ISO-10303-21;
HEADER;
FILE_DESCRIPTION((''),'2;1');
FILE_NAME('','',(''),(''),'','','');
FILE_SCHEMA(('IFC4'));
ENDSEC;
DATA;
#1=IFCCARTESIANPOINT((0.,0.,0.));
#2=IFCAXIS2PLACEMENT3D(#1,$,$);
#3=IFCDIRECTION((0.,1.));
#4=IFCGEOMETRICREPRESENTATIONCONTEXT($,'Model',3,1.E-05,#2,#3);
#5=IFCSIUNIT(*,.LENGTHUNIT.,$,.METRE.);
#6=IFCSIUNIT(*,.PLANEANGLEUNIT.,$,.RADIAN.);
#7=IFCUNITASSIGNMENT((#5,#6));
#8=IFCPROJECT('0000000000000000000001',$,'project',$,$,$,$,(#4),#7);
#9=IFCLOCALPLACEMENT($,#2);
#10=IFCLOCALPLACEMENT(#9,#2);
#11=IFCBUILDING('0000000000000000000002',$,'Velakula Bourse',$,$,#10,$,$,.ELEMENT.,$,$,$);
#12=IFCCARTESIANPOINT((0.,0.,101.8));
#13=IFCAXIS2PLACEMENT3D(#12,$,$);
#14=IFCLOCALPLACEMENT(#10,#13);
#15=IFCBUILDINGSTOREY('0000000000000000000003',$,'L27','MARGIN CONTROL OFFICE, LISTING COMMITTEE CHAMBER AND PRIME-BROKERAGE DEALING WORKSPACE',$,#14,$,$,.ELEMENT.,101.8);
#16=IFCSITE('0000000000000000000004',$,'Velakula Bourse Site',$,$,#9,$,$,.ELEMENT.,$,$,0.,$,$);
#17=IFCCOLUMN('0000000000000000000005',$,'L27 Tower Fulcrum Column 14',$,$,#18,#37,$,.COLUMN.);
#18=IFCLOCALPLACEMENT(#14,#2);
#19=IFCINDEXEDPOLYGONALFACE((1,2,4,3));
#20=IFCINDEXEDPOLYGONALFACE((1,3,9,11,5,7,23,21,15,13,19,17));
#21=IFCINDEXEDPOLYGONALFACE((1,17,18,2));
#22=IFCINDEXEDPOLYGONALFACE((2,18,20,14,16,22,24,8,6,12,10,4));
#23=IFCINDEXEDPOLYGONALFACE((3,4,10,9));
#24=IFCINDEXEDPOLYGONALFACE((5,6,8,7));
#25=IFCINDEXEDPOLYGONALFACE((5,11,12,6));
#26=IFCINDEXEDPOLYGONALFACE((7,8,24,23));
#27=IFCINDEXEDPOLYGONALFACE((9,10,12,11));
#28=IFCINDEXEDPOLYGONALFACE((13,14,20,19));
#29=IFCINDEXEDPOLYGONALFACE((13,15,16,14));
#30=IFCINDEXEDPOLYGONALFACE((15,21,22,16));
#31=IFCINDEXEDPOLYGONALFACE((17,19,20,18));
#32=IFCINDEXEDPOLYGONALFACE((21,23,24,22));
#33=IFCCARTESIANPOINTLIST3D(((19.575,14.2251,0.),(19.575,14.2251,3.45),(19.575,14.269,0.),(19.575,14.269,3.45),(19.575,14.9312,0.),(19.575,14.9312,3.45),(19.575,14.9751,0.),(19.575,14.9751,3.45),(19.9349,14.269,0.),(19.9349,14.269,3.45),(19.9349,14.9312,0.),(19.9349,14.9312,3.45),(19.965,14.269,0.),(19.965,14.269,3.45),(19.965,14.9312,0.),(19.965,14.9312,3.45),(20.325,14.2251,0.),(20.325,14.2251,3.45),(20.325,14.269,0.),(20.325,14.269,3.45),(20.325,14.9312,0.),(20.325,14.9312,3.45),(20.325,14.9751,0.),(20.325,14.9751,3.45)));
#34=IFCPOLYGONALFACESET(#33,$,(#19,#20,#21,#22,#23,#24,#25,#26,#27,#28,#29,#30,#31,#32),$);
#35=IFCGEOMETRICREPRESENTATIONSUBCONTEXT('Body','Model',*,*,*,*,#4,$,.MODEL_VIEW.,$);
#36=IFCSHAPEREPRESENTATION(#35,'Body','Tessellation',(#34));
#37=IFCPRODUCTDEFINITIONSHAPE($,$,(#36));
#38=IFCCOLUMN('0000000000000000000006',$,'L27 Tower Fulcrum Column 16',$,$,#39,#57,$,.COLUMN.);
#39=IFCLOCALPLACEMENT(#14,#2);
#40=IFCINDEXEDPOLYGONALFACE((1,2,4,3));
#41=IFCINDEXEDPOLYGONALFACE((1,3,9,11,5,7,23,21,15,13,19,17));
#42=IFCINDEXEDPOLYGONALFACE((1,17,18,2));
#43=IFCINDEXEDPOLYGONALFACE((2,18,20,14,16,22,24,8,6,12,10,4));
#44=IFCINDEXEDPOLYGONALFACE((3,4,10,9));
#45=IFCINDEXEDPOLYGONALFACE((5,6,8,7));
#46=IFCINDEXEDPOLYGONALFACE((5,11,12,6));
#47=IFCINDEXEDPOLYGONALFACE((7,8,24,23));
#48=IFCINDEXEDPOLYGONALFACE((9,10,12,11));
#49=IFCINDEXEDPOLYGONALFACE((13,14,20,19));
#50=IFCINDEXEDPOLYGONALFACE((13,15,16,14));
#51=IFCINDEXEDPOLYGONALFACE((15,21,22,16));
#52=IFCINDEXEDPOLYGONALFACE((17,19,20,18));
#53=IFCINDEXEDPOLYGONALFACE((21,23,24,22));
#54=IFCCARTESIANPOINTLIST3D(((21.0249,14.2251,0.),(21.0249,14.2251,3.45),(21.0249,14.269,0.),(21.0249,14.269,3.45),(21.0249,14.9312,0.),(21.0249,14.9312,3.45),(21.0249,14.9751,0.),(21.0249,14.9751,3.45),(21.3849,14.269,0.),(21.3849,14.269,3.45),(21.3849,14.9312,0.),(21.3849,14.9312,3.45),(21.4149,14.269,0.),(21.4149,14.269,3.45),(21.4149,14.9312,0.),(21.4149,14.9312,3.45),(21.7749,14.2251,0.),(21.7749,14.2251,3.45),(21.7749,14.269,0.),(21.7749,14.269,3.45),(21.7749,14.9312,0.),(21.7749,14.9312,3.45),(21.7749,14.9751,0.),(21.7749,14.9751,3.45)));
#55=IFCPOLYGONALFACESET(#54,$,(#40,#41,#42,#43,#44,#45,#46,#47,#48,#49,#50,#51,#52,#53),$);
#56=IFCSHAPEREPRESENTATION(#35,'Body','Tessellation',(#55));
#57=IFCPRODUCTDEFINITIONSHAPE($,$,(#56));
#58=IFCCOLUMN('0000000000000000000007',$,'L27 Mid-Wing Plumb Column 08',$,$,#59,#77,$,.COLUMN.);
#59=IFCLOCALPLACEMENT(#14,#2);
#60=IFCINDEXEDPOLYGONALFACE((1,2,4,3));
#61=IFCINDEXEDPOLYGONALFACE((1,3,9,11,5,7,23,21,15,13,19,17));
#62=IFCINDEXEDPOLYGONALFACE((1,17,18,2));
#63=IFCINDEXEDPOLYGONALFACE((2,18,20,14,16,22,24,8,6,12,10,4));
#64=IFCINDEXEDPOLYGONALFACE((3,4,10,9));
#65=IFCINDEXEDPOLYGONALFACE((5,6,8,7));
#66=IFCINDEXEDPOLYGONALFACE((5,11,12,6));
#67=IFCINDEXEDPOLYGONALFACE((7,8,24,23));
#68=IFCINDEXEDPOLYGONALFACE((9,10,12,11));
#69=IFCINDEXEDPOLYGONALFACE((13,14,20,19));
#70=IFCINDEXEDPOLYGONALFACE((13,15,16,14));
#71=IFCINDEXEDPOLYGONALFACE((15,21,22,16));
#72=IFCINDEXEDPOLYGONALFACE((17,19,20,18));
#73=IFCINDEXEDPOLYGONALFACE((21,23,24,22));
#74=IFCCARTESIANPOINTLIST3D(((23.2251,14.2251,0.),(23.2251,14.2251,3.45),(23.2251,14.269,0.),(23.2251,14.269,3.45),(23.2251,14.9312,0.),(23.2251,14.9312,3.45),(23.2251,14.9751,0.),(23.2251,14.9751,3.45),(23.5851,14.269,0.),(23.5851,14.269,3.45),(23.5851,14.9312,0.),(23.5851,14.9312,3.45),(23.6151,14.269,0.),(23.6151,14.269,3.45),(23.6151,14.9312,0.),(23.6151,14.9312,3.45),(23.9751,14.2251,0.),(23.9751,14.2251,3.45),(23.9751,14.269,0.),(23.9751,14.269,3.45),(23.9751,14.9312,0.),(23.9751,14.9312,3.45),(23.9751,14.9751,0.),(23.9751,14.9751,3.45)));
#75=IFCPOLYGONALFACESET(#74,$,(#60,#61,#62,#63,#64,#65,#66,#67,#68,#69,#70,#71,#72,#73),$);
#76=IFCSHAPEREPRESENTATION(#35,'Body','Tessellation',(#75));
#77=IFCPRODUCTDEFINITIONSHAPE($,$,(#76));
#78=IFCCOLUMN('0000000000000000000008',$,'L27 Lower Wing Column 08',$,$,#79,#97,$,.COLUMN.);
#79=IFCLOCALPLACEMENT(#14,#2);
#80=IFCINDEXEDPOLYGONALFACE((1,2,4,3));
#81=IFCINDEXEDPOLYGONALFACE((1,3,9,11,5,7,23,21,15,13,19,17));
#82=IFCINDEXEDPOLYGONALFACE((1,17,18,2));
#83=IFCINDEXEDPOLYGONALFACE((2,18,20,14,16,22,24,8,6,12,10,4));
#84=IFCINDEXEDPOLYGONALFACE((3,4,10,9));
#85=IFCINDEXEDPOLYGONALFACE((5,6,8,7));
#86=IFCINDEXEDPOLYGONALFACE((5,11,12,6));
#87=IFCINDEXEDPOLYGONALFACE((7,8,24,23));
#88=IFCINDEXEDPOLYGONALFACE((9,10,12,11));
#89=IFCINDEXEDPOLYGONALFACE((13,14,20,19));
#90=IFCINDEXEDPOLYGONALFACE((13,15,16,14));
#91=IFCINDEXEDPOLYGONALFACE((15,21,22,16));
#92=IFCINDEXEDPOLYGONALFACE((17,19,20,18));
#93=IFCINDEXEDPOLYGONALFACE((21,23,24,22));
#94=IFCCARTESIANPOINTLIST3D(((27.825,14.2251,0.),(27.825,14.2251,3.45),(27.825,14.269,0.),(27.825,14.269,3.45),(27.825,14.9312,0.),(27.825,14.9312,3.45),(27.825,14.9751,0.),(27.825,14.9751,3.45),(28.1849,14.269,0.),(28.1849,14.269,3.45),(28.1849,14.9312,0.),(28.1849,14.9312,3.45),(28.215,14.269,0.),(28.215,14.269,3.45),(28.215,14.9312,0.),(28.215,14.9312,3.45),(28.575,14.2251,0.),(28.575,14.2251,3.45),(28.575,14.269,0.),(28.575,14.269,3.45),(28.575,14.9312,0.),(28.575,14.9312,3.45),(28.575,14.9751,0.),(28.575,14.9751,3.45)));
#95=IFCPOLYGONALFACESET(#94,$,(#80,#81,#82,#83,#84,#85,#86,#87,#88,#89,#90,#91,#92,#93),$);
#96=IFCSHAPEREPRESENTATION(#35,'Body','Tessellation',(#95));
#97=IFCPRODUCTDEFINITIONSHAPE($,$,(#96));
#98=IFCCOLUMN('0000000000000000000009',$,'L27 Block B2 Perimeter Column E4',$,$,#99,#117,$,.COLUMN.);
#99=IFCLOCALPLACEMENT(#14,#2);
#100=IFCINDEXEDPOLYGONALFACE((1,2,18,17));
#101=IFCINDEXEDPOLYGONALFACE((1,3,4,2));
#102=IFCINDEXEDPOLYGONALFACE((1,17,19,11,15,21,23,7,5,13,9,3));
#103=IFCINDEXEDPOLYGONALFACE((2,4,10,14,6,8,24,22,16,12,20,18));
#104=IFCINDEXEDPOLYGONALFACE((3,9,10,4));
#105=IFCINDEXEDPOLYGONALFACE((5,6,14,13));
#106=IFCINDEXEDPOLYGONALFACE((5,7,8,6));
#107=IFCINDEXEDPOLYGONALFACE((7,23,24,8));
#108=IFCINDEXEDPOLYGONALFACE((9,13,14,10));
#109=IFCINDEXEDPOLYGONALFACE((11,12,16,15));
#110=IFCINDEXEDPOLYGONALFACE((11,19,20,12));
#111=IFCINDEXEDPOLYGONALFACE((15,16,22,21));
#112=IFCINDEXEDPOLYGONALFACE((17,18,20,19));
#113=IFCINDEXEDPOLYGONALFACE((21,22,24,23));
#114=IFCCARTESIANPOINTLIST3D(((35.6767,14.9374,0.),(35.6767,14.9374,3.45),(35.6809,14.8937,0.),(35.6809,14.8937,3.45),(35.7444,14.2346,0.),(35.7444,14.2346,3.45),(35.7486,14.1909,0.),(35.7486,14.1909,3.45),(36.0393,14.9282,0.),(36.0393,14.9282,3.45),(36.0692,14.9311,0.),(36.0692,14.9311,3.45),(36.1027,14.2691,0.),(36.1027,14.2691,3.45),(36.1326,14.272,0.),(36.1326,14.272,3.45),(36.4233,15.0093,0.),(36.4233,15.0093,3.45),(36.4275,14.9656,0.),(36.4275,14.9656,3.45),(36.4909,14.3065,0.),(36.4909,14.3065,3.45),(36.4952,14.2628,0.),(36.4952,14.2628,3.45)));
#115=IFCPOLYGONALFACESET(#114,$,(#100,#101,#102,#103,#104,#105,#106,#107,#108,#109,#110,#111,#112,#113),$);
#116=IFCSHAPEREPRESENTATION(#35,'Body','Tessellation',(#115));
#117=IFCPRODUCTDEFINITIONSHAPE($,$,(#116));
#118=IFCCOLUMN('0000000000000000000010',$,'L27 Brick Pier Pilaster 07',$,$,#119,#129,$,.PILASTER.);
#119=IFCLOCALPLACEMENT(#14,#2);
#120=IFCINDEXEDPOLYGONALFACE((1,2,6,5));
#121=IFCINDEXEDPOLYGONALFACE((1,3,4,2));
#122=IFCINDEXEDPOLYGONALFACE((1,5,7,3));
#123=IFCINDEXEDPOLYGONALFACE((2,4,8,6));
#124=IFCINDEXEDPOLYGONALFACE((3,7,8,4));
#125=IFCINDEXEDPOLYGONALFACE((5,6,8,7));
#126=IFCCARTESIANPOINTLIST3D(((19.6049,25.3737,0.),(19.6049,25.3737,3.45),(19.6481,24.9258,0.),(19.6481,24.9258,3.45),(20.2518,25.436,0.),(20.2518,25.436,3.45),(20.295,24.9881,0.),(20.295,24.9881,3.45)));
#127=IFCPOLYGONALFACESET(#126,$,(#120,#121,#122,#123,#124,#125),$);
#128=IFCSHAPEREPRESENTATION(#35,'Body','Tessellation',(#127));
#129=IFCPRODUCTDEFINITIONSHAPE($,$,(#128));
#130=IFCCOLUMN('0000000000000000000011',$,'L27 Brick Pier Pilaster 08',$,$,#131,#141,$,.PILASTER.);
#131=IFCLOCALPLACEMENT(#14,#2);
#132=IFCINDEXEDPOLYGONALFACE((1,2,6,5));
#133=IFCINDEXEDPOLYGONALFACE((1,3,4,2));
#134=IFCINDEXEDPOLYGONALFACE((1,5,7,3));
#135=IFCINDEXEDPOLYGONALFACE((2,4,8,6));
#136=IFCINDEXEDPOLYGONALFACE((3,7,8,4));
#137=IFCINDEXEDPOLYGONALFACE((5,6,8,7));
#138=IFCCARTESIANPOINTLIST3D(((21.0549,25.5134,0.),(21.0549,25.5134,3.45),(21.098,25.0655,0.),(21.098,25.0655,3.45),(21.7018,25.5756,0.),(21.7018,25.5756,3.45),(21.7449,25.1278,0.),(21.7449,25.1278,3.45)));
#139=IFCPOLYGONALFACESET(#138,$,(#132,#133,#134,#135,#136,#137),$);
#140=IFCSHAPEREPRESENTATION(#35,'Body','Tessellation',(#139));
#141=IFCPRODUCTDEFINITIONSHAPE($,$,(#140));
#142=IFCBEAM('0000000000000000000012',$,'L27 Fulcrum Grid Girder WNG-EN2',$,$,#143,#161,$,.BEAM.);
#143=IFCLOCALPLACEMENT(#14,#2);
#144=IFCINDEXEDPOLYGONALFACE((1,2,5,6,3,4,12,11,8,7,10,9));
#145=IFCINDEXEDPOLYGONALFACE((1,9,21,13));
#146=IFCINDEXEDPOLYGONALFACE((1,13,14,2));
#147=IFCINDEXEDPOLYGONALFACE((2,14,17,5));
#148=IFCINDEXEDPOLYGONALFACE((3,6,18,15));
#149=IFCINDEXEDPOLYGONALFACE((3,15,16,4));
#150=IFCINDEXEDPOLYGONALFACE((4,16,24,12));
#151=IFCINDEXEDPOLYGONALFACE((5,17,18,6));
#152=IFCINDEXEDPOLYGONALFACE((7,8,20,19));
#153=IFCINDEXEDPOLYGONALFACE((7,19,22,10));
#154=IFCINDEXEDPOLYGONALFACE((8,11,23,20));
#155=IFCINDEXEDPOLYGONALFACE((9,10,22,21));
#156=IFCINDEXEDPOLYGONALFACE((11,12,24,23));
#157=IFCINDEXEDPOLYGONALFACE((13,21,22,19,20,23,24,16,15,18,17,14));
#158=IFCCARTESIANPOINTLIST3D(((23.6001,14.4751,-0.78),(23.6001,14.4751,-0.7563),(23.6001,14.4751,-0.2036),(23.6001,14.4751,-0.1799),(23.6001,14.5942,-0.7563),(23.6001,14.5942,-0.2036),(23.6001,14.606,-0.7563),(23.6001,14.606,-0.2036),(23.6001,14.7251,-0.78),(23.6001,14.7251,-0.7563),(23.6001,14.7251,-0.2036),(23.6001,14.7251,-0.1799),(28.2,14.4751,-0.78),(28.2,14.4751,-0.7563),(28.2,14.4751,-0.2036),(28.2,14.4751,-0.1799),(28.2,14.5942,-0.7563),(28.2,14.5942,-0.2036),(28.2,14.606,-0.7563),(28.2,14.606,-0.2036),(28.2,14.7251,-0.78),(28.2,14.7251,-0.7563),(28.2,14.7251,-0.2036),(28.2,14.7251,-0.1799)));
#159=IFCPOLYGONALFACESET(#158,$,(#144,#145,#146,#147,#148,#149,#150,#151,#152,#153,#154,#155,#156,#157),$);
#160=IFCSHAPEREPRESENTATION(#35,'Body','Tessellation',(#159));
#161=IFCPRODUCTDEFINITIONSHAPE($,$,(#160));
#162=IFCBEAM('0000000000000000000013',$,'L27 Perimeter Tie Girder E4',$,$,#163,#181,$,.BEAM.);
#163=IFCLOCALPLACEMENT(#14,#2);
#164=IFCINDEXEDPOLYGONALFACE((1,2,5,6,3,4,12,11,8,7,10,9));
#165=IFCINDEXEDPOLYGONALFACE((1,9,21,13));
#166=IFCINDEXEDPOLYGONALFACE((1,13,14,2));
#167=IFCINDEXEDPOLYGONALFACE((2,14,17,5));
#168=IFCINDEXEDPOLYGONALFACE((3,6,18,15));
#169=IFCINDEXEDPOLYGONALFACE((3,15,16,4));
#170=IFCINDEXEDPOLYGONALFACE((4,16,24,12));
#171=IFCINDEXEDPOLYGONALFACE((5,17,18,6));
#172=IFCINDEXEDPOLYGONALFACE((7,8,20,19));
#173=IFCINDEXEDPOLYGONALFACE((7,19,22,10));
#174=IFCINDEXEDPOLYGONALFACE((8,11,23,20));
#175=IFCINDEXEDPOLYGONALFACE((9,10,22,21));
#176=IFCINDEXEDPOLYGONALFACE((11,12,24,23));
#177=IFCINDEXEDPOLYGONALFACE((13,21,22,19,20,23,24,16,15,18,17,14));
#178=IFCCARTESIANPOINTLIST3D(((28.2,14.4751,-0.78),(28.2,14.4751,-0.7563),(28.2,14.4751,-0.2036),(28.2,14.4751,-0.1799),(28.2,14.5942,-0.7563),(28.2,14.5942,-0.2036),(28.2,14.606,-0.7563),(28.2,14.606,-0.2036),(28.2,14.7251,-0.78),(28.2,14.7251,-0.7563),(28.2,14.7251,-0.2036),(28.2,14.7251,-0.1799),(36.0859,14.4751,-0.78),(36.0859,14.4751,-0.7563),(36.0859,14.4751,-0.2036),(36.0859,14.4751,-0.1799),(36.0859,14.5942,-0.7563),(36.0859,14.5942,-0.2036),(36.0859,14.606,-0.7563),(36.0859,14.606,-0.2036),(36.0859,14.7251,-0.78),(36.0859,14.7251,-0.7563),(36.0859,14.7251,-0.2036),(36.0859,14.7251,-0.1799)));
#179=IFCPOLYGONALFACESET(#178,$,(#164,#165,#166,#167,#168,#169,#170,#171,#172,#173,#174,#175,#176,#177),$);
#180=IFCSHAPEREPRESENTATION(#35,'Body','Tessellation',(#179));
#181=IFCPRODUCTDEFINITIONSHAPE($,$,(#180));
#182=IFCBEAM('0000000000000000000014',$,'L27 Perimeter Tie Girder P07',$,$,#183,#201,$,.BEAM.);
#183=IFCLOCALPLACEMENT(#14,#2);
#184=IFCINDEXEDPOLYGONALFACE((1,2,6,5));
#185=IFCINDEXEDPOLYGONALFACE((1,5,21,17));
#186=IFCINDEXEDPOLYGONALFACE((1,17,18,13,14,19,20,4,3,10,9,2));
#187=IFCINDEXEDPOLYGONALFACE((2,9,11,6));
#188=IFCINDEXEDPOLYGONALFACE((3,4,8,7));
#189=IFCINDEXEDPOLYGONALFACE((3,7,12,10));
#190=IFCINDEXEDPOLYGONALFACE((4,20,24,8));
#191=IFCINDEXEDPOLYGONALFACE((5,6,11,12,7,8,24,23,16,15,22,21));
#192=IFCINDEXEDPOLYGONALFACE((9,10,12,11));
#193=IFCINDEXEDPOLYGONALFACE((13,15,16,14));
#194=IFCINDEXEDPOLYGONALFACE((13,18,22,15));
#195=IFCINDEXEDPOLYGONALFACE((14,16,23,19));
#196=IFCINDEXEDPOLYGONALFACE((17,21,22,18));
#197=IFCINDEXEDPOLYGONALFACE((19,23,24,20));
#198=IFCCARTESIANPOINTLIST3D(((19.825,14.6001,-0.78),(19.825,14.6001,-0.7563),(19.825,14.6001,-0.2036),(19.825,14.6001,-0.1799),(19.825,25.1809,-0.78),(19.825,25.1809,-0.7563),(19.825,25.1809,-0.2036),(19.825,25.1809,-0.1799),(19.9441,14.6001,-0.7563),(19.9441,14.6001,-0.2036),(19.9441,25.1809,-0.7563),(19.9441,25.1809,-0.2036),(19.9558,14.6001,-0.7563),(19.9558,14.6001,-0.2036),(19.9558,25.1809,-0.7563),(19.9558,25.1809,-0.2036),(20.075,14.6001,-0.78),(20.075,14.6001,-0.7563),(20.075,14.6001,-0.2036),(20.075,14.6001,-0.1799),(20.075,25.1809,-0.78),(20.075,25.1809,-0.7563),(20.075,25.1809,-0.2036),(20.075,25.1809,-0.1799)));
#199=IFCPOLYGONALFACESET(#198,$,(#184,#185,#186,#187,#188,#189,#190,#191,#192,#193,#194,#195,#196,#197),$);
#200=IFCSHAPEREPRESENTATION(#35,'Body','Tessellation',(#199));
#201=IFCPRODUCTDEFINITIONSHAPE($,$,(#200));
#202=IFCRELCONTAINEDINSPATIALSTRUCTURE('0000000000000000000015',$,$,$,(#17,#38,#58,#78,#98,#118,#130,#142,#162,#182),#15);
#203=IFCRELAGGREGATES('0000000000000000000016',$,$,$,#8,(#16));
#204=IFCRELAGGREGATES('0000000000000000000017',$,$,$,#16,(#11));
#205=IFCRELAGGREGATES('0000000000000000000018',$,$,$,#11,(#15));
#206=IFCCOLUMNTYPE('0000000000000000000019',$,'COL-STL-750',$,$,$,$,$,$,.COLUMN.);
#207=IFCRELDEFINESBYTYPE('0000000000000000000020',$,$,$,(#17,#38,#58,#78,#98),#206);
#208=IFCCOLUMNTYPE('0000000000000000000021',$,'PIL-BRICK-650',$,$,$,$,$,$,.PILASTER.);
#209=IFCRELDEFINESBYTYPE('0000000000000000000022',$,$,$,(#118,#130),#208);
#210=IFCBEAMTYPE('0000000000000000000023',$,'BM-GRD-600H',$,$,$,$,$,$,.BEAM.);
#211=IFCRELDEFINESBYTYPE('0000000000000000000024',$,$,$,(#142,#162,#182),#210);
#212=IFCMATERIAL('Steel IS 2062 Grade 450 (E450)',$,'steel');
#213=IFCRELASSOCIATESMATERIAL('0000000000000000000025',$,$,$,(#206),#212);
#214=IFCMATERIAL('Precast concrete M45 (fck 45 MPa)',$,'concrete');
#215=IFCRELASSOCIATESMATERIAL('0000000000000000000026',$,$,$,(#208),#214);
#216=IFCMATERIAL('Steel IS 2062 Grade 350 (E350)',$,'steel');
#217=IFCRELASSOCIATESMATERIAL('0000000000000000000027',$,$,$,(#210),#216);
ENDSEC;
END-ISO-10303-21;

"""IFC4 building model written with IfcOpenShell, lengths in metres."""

from ifc_helpers import new_model, si_unit, direction, frame, origin, origin_2d, place, context, subcontext, project, spatial, rectangle, i_section, extrude, material, material_profile, profile_set, type_object, element, save


model = new_model("IFC4")

# Units and contexts
model_context = context("Model", 3, precision=1e-05, world=origin(), true_north=direction((0.0, 1.0)))
body_context = subcontext(model_context, "Body", "Model", "MODEL_VIEW")
ifc_project = project(units=[si_unit("LENGTHUNIT", "METRE"), si_unit("PLANEANGLEUNIT", "RADIAN")], contexts=[model_context])

# Site, building, storey
site_placement = place(None, origin())
site = spatial("IfcSite", under=ifc_project, at=site_placement, Name="Velakula Bourse Site", CompositionType="ELEMENT", RefElevation=0.0)
building_placement = place(site_placement, origin())
building = spatial("IfcBuilding", under=site, at=building_placement, Name="Velakula Bourse", CompositionType="ELEMENT")
storey_placement = place(building_placement, frame((0.0, 0.0, 101.8)))
storey = spatial("IfcBuildingStorey", under=building, at=storey_placement, Name="L27", Description="MARGIN CONTROL OFFICE, LISTING COMMITTEE CHAMBER AND PRIME-BROKERAGE DEALING WORKSPACE", CompositionType="ELEMENT", Elevation=101.8)

# Columns
ifc_material_1 = material(Name="Steel IS 2062 Grade 450 (E450)", Category="steel")
ifc_material_profile_1 = material_profile(ifc_material_1, i_section(OverallWidth=0.75, OverallDepth=0.75, WebThickness=0.03, FlangeThickness=0.0439, at=origin_2d()), Name="Steel IS 2062 Grade 450 (E450)")
ifc_profile_set_1 = profile_set([ifc_material_profile_1], Name="Steel IS 2062 Grade 450 (E450)")
column_type_1 = type_object("IfcColumnType", Name="COL-STL-750", PredefinedType="COLUMN", material=ifc_profile_set_1)
for number, where, z_axis, x_axis, name in (
    (1, (19.95, 14.6001, 0.0), (0.0, 0.0, 1.0), (1.0, 0.0, 0.0), "L27 Tower Fulcrum Column 14"),
    (2, (21.3999, 14.6001, 0.0), (0.0, 0.0, 1.0), (1.0, 0.0, 0.0), "L27 Tower Fulcrum Column 16"),
    (3, (23.6001, 14.6001, 0.0), (0.0, 0.0, 1.0), (1.0, 0.0, 0.0), "L27 Mid-Wing Plumb Column 08"),
    (4, (28.2, 14.6001, 0.0), (0.0, 0.0, 1.0), (1.0, 0.0, 0.0), "L27 Lower Wing Column 08"),
    (5, (36.0859, 14.6001, 0.0), (0.0, 0.0, 1.0), (0.995396, 0.095846, 0.0), "L27 Block B2 Perimeter Column E4"),
):
    element("IfcColumn", number, at=place(storey_placement, frame(where, z_axis=z_axis, x_axis=x_axis)), inside=storey, type_object=column_type_1, Name=name, PredefinedType="COLUMN", context=body_context, shape_type="SweptSolid", body=[
        extrude(i_section(OverallWidth=0.75, OverallDepth=0.75, WebThickness=0.03, FlangeThickness=0.0439, at=origin_2d()), origin(), (0.0, 0.0, 1.0), 3.45),
    ])
ifc_material_2 = material(Name="Precast concrete M45 (fck 45 MPa)", Category="concrete")
ifc_material_profile_2 = material_profile(ifc_material_2, rectangle(XDim=0.6499, YDim=0.45, at=origin_2d()), Name="Precast concrete M45 (fck 45 MPa)")
ifc_profile_set_2 = profile_set([ifc_material_profile_2], Name="Precast concrete M45 (fck 45 MPa)")
column_type_2 = type_object("IfcColumnType", Name="PIL-BRICK-650", PredefinedType="PILASTER", material=ifc_profile_set_2)
for number, where, z_axis, x_axis, name in (
    (6, (19.95, 25.1809, 0.0), (0.0, 0.0, 1.0), (0.995396, 0.095846, 0.0), "L27 Brick Pier Pilaster 07"),
    (7, (21.3999, 25.3206, 0.0), (0.0, 0.0, 1.0), (0.995396, 0.095846, 0.0), "L27 Brick Pier Pilaster 08"),
):
    element("IfcColumn", number, at=place(storey_placement, frame(where, z_axis=z_axis, x_axis=x_axis)), inside=storey, type_object=column_type_2, Name=name, PredefinedType="PILASTER", context=body_context, shape_type="SweptSolid", body=[
        extrude(rectangle(XDim=0.6499, YDim=0.45, at=origin_2d()), origin(), (0.0, 0.0, 1.0), 3.45),
    ])

# Beams
ifc_material_3 = material(Name="Steel IS 2062 Grade 350 (E350)", Category="steel")
ifc_material_profile_3 = material_profile(ifc_material_3, i_section(OverallWidth=0.25, OverallDepth=0.6001, WebThickness=0.0117, FlangeThickness=0.0237, at=origin_2d()), Name="Steel IS 2062 Grade 350 (E350)")
ifc_profile_set_3 = profile_set([ifc_material_profile_3], Name="Steel IS 2062 Grade 350 (E350)")
beam_type_1 = type_object("IfcBeamType", Name="BM-GRD-600H", PredefinedType="BEAM", material=ifc_profile_set_3)
beam_1_placement = place(storey_placement, frame((23.6001, 14.6001, -0.48), z_axis=(1.0, 0.0, 0.0), x_axis=(0.0, 1.0, 0.0)))
element("IfcBeam", 8, at=beam_1_placement, inside=storey, type_object=beam_type_1, Name="L27 Fulcrum Grid Girder WNG-EN2", PredefinedType="BEAM", context=body_context, shape_type="SweptSolid", body=[
    extrude(i_section(OverallWidth=0.25, OverallDepth=0.6001, WebThickness=0.0117, FlangeThickness=0.0237, at=origin_2d()), origin(), (0.0, 0.0, 1.0), 4.5999),
])
beam_2_placement = place(storey_placement, frame((28.2, 14.6001, -0.48), z_axis=(1.0, 0.0, 0.0), x_axis=(0.0, 1.0, 0.0)))
element("IfcBeam", 9, at=beam_2_placement, inside=storey, type_object=beam_type_1, Name="L27 Perimeter Tie Girder E4", PredefinedType="BEAM", context=body_context, shape_type="SweptSolid", body=[
    extrude(i_section(OverallWidth=0.25, OverallDepth=0.6001, WebThickness=0.0117, FlangeThickness=0.0237, at=origin_2d()), origin(), (0.0, 0.0, 1.0), 7.886),
])
beam_3_placement = place(storey_placement, frame((19.95, 14.6001, -0.48), z_axis=(0.0, 1.0, 0.0), x_axis=(-1.0, 0.0, 0.0)))
element("IfcBeam", 10, at=beam_3_placement, inside=storey, type_object=beam_type_1, Name="L27 Perimeter Tie Girder P07", PredefinedType="BEAM", context=body_context, shape_type="SweptSolid", body=[
    extrude(i_section(OverallWidth=0.25, OverallDepth=0.6001, WebThickness=0.0117, FlangeThickness=0.0237, at=origin_2d()), origin(), (0.0, 0.0, 1.0), 10.5808),
])

save(model, "model.ifc")
